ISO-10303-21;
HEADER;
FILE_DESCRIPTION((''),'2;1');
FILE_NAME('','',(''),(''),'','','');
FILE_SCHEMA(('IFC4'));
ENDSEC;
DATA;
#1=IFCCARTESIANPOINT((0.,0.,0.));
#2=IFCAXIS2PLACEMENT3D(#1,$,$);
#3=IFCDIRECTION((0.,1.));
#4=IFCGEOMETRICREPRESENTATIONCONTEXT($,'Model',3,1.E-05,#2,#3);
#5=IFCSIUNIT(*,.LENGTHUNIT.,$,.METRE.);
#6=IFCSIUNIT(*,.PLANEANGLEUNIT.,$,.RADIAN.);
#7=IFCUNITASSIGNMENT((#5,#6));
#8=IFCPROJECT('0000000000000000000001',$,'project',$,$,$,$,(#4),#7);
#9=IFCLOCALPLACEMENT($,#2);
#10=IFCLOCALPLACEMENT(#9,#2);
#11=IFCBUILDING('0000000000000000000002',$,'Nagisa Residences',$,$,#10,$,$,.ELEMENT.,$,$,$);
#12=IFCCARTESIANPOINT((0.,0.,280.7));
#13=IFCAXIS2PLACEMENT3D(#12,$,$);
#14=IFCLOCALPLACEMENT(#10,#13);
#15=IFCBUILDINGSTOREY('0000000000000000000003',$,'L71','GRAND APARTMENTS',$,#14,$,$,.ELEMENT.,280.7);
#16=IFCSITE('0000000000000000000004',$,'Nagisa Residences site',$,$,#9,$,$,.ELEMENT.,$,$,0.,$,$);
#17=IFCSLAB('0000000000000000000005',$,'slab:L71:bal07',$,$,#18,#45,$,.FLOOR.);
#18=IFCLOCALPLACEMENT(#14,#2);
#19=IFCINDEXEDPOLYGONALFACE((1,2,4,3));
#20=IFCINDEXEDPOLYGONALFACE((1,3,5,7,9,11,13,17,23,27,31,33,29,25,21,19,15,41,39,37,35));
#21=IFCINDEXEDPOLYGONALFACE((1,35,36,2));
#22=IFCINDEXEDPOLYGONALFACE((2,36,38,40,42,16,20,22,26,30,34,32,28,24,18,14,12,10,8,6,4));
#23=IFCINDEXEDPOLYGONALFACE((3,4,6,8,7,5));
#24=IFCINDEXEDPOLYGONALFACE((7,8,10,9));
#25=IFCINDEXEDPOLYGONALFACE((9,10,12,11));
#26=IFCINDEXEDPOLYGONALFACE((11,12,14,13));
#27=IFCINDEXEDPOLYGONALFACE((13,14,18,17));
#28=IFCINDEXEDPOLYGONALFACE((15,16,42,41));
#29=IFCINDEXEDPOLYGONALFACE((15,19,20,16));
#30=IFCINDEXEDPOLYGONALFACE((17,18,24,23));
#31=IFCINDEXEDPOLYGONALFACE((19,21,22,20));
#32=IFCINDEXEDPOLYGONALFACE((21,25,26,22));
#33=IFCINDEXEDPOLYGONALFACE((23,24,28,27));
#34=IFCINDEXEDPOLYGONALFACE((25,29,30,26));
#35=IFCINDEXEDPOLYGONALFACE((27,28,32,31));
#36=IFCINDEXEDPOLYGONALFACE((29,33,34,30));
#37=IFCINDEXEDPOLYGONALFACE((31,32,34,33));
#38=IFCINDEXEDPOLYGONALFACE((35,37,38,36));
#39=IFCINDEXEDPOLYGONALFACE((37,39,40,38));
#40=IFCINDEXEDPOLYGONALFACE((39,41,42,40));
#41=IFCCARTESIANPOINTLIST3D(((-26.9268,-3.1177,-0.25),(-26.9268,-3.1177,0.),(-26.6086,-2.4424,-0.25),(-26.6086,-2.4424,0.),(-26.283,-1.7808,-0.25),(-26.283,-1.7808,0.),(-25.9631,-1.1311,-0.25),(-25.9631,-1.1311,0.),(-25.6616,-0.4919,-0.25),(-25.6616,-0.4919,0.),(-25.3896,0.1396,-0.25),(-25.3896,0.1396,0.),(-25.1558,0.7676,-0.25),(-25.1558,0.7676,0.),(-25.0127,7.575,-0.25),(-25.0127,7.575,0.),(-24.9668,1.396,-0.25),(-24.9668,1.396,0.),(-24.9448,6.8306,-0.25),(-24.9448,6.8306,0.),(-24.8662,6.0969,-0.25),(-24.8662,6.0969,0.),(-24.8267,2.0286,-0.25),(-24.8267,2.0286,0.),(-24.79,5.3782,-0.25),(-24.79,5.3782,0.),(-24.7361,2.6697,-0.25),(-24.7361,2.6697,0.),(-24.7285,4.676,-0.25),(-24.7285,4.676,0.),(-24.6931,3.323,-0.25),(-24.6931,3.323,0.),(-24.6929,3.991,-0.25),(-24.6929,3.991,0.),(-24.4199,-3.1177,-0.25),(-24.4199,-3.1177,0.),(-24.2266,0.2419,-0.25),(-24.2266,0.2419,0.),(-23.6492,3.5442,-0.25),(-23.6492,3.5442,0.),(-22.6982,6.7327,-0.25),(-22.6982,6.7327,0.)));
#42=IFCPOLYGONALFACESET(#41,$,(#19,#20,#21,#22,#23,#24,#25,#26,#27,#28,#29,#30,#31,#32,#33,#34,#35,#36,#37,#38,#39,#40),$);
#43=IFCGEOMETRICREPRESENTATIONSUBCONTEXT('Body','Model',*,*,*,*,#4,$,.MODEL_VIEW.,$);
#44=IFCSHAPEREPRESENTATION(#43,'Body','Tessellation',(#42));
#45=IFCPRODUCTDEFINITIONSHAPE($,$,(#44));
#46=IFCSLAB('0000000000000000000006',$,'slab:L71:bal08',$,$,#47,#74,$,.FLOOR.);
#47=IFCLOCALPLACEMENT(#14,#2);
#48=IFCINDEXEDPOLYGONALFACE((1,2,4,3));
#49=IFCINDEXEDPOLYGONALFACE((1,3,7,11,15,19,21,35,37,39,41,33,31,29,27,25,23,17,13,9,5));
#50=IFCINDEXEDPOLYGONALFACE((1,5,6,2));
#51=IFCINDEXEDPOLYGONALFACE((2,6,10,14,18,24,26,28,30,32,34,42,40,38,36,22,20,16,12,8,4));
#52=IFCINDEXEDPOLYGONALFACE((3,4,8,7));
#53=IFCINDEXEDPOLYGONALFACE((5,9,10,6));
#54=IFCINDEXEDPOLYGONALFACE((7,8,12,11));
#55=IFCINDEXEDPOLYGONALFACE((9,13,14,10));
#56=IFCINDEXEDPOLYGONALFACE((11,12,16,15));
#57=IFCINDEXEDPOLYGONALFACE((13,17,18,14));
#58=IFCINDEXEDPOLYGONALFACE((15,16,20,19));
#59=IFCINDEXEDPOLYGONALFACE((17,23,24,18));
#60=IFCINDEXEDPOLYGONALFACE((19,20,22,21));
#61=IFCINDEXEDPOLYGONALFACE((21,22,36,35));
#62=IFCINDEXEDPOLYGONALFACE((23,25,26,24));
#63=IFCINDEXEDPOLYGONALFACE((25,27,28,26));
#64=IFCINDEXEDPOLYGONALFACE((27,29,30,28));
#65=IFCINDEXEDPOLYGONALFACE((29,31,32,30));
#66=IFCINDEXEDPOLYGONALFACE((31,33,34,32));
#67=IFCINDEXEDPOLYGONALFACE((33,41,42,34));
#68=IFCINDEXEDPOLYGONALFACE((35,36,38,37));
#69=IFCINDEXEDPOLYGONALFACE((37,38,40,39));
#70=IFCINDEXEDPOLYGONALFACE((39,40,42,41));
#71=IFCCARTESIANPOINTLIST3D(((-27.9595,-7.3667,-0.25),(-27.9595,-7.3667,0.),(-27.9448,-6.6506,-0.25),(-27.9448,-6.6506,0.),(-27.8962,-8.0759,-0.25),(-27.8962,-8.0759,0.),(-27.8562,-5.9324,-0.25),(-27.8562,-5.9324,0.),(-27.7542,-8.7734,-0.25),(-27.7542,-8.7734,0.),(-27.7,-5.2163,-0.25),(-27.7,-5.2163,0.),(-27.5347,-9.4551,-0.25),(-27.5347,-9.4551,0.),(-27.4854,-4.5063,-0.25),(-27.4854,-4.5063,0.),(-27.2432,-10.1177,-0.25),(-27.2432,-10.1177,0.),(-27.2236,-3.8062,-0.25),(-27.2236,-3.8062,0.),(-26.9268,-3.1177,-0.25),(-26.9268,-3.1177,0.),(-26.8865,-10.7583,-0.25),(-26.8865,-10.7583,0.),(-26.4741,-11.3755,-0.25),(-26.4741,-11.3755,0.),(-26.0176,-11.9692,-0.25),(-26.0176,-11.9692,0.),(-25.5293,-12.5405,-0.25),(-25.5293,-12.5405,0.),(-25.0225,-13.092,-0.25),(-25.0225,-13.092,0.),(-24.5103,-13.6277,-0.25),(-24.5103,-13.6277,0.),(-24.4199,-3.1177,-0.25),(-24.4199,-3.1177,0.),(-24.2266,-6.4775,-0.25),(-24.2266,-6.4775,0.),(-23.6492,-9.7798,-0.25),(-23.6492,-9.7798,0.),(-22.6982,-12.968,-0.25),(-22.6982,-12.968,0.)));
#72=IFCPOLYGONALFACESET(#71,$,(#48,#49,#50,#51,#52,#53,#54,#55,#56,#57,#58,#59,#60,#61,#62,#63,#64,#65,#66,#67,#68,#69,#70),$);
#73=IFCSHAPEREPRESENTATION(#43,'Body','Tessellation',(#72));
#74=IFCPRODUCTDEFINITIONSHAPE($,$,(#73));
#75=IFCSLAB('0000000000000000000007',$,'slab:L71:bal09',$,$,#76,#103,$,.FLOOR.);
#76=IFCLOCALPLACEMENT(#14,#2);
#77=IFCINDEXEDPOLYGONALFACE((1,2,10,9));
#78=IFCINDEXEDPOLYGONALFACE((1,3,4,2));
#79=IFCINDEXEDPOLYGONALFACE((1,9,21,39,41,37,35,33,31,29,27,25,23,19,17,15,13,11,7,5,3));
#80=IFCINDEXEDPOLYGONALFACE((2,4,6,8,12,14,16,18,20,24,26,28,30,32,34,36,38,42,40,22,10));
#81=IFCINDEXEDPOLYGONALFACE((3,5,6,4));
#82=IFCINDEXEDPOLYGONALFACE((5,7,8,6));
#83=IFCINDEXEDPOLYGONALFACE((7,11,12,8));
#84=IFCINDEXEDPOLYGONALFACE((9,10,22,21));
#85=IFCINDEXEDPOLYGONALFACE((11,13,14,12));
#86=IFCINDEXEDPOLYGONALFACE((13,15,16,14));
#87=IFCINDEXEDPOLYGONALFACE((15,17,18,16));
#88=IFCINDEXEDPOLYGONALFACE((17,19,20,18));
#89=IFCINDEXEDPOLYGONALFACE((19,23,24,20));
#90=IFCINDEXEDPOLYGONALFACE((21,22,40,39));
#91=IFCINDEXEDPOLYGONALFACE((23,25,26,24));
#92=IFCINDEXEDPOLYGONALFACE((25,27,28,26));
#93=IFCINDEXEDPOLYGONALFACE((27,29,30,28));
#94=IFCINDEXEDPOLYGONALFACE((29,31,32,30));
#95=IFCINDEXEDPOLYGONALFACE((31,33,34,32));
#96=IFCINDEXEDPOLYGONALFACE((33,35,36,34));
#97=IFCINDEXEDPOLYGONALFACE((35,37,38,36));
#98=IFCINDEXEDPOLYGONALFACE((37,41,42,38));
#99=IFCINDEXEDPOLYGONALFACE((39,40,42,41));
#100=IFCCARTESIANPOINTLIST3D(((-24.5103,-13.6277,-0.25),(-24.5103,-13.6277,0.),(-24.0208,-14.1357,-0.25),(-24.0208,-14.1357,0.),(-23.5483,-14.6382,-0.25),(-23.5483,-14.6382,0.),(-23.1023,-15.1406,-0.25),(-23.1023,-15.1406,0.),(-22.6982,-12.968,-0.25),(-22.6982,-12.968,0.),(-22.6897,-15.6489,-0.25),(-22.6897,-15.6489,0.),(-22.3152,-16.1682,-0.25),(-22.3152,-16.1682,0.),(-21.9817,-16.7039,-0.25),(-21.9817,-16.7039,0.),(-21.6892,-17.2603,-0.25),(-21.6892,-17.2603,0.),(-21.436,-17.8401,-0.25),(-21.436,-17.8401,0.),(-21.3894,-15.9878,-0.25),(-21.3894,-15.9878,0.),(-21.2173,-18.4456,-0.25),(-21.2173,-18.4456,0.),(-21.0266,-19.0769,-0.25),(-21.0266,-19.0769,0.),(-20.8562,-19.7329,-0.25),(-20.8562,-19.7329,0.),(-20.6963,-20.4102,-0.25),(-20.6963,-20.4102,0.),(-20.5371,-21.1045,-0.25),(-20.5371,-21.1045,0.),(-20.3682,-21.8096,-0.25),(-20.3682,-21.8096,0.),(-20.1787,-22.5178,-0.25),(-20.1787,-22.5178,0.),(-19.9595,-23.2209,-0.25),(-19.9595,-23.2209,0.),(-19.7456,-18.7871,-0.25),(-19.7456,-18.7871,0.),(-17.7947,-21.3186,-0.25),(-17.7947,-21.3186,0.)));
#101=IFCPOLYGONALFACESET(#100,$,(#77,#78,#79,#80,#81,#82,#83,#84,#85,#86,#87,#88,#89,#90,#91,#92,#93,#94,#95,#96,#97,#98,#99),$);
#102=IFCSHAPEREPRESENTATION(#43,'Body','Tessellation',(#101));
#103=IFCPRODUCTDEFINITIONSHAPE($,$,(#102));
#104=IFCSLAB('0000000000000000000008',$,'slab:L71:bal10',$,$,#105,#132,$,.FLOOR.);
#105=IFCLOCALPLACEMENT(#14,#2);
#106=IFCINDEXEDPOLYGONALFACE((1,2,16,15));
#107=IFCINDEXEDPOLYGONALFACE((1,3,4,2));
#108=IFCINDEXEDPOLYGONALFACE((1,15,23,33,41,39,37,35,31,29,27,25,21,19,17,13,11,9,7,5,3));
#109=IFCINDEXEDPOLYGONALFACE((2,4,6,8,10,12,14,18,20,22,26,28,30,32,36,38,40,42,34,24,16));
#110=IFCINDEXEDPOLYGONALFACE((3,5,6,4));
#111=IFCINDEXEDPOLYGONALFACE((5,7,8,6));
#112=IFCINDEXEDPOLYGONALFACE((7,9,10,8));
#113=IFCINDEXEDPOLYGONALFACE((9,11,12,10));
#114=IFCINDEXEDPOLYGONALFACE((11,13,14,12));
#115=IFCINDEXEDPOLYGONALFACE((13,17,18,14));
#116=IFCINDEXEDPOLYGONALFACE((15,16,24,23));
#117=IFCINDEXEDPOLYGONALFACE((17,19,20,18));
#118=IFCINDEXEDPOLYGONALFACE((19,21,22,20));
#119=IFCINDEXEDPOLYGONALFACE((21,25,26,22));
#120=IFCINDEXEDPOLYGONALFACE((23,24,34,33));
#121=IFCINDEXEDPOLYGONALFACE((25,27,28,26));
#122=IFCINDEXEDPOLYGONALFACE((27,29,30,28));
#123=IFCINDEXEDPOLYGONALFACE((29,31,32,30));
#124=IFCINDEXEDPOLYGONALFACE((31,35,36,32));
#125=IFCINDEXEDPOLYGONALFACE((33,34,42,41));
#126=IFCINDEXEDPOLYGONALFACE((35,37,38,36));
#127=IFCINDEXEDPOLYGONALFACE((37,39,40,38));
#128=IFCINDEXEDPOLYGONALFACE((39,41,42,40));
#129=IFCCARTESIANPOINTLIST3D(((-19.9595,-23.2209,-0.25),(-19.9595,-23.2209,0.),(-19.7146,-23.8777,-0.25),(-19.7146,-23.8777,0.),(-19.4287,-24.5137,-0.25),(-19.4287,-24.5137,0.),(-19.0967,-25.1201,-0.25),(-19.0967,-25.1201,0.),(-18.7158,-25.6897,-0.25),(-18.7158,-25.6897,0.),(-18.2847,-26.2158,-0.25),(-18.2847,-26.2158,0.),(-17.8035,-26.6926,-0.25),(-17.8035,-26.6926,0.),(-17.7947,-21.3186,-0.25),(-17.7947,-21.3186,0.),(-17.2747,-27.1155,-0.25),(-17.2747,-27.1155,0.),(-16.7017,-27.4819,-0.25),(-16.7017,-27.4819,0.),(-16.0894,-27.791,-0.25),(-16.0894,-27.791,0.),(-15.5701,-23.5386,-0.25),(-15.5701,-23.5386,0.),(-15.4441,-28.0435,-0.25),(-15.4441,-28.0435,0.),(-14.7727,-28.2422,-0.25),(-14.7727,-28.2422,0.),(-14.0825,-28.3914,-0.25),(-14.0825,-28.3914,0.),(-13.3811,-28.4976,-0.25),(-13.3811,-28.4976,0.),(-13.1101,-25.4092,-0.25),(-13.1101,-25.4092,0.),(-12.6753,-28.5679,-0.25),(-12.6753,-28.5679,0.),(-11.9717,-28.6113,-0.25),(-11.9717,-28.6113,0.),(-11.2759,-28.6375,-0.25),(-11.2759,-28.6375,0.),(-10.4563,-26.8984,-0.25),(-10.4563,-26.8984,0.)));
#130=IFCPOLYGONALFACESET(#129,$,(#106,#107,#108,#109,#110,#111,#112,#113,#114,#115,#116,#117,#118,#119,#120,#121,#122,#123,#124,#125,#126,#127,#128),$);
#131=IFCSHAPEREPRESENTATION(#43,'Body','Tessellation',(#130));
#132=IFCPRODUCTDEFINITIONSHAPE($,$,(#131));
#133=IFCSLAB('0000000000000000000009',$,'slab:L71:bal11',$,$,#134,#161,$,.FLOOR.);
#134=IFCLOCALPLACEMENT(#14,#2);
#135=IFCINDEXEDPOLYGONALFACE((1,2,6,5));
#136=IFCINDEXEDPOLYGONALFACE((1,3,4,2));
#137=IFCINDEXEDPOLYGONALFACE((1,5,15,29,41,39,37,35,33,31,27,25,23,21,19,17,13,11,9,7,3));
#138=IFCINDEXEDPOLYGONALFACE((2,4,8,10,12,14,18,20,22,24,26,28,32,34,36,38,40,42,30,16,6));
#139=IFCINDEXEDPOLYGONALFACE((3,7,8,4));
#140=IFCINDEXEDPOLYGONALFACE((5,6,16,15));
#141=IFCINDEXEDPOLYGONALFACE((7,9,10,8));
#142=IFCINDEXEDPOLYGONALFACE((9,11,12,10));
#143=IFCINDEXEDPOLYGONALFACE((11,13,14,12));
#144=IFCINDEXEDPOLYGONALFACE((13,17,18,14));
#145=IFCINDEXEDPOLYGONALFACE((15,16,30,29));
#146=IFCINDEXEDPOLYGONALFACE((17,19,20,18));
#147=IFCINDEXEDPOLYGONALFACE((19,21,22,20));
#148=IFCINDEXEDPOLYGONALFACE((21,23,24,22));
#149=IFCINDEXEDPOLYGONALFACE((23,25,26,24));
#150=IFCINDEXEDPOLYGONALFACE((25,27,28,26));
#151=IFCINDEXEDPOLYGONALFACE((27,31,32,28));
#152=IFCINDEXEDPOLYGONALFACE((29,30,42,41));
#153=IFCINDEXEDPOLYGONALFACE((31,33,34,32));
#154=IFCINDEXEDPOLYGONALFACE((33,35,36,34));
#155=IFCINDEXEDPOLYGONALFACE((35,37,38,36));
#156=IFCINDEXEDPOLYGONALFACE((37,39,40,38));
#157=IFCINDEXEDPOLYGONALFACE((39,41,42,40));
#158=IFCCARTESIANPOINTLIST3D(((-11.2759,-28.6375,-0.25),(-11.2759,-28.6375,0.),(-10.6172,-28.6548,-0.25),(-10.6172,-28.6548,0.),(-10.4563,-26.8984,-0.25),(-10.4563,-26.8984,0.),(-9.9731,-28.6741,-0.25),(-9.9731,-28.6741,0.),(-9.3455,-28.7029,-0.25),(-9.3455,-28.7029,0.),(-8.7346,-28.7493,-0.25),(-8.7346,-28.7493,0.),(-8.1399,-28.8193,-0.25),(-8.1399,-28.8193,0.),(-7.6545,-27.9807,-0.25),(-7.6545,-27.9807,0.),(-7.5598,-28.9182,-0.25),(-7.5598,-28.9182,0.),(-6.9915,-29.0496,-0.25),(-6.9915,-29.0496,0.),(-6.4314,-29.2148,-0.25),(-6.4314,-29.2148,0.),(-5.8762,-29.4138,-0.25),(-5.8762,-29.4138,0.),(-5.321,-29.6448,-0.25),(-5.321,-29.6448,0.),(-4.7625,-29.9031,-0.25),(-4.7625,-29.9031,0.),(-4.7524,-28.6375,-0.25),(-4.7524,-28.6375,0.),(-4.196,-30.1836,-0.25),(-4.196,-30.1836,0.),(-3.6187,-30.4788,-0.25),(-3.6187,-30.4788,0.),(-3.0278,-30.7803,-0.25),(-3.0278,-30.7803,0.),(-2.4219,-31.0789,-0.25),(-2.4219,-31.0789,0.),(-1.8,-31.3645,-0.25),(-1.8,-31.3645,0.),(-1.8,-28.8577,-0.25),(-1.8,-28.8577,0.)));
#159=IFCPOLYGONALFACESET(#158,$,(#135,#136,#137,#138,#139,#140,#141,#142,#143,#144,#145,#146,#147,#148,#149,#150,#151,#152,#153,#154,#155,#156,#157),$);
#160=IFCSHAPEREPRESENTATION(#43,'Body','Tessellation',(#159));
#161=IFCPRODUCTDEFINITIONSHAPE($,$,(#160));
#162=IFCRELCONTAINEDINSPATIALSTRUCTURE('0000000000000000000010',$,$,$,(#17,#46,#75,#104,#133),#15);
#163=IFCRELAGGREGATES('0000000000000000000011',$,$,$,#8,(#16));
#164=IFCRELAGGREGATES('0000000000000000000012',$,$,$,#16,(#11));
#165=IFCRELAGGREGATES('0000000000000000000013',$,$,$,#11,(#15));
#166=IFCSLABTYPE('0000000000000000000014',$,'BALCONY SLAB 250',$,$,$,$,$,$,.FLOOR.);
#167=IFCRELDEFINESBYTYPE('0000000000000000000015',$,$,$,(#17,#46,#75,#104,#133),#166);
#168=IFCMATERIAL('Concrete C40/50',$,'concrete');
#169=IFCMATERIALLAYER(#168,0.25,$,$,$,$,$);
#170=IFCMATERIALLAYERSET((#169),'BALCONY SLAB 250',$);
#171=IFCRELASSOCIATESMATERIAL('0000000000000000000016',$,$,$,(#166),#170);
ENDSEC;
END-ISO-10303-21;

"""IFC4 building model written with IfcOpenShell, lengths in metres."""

from ifc_helpers import new_model, si_unit, direction, frame, origin, place, context, subcontext, project, spatial, polyline, outline, extrude, material, layer, layer_set, type_object, element, save


model = new_model("IFC4")

# Units and contexts
model_context = context("Model", 3, precision=1e-05, world=origin(), true_north=direction((0.0, 1.0)))
body_context = subcontext(model_context, "Body", "Model", "MODEL_VIEW")
ifc_project = project(units=[si_unit("LENGTHUNIT", "METRE"), si_unit("PLANEANGLEUNIT", "RADIAN")], contexts=[model_context])

# Site, building, storey
site_placement = place(None, origin())
site = spatial("IfcSite", under=ifc_project, at=site_placement, Name="Nagisa Residences site", CompositionType="ELEMENT", RefElevation=0.0)
building_placement = place(site_placement, origin())
building = spatial("IfcBuilding", under=site, at=building_placement, Name="Nagisa Residences", CompositionType="ELEMENT")
storey_placement = place(building_placement, frame((0.0, 0.0, 280.7)))
storey = spatial("IfcBuildingStorey", under=building, at=storey_placement, Name="L71", Description="GRAND APARTMENTS", CompositionType="ELEMENT", Elevation=280.7)

# Slabs
ifc_material_1 = material(Name="Concrete C40/50", Category="concrete")
ifc_layer = layer(ifc_material_1, 0.25)
ifc_layer_set = layer_set([ifc_layer], Name="BALCONY SLAB 250")
slab_type = type_object("IfcSlabType", Name="BALCONY SLAB 250", PredefinedType="FLOOR", material=ifc_layer_set)
slab_1_placement = place(storey_placement, frame((0.0, 0.0, -0.25)))
element("IfcSlab", 1, at=slab_1_placement, inside=storey, type_object=slab_type, Name="slab:L71:bal07", PredefinedType="FLOOR", context=body_context, shape_type="SweptSolid", body=[
    extrude(outline(polyline([(-25.0127, 7.575), (-24.9448, 6.8306), (-24.8662, 6.0969), (-24.79, 5.3782), (-24.7285, 4.676), (-24.6929, 3.991), (-24.6931, 3.323), (-24.7361, 2.6697), (-24.8267, 2.0286), (-24.9668, 1.396), (-25.1558, 0.7676), (-25.3896, 0.1396), (-25.6616, -0.4919), (-25.9631, -1.1311), (-26.283, -1.7808), (-26.6086, -2.4424), (-26.9268, -3.1177), (-24.4199, -3.1177), (-24.2266, 0.2419), (-23.6492, 3.5442), (-22.6982, 6.7327), (-25.0127, 7.575)])), origin(), (0.0, 0.0, 1.0), 0.25),
])
slab_2_placement = place(storey_placement, frame((0.0, 0.0, -0.25)))
element("IfcSlab", 2, at=slab_2_placement, inside=storey, type_object=slab_type, Name="slab:L71:bal08", PredefinedType="FLOOR", context=body_context, shape_type="SweptSolid", body=[
    extrude(outline(polyline([(-26.9268, -3.1177), (-27.2236, -3.8062), (-27.4854, -4.5063), (-27.7, -5.2163), (-27.8562, -5.9324), (-27.9448, -6.6506), (-27.9595, -7.3667), (-27.8962, -8.0759), (-27.7542, -8.7734), (-27.5347, -9.4551), (-27.2432, -10.1177), (-26.8865, -10.7583), (-26.4741, -11.3755), (-26.0176, -11.9692), (-25.5293, -12.5405), (-25.0225, -13.092), (-24.5103, -13.6277), (-22.6982, -12.968), (-23.6492, -9.7798), (-24.2266, -6.4775), (-24.4199, -3.1177), (-26.9268, -3.1177)])), origin(), (0.0, 0.0, 1.0), 0.25),
])
slab_3_placement = place(storey_placement, frame((0.0, 0.0, -0.25)))
element("IfcSlab", 3, at=slab_3_placement, inside=storey, type_object=slab_type, Name="slab:L71:bal09", PredefinedType="FLOOR", context=body_context, shape_type="SweptSolid", body=[
    extrude(outline(polyline([(-24.5103, -13.6277), (-24.0208, -14.1357), (-23.5483, -14.6382), (-23.1023, -15.1406), (-22.6897, -15.6489), (-22.3152, -16.1682), (-21.9817, -16.7039), (-21.6892, -17.2603), (-21.436, -17.8401), (-21.2173, -18.4456), (-21.0266, -19.0769), (-20.8562, -19.7329), (-20.6963, -20.4102), (-20.5371, -21.1045), (-20.3682, -21.8096), (-20.1787, -22.5178), (-19.9595, -23.2209), (-17.7947, -21.3186), (-19.7456, -18.7871), (-21.3894, -15.9878), (-22.6982, -12.968), (-24.5103, -13.6277)])), origin(), (0.0, 0.0, 1.0), 0.25),
])
slab_4_placement = place(storey_placement, frame((0.0, 0.0, -0.25)))
element("IfcSlab", 4, at=slab_4_placement, inside=storey, type_object=slab_type, Name="slab:L71:bal10", PredefinedType="FLOOR", context=body_context, shape_type="SweptSolid", body=[
    extrude(outline(polyline([(-19.9595, -23.2209), (-19.7146, -23.8777), (-19.4287, -24.5137), (-19.0967, -25.1201), (-18.7158, -25.6897), (-18.2847, -26.2158), (-17.8035, -26.6926), (-17.2747, -27.1155), (-16.7017, -27.4819), (-16.0894, -27.791), (-15.4441, -28.0435), (-14.7727, -28.2422), (-14.0825, -28.3914), (-13.3811, -28.4976), (-12.6753, -28.5679), (-11.9717, -28.6113), (-11.2759, -28.6375), (-10.4563, -26.8984), (-13.1101, -25.4092), (-15.5701, -23.5386), (-17.7947, -21.3186), (-19.9595, -23.2209)])), origin(), (0.0, 0.0, 1.0), 0.25),
])
slab_5_placement = place(storey_placement, frame((0.0, 0.0, -0.25)))
element("IfcSlab", 5, at=slab_5_placement, inside=storey, type_object=slab_type, Name="slab:L71:bal11", PredefinedType="FLOOR", context=body_context, shape_type="SweptSolid", body=[
    extrude(outline(polyline([(-11.2759, -28.6375), (-10.6172, -28.6548), (-9.9731, -28.6741), (-9.3455, -28.7029), (-8.7346, -28.7493), (-8.1399, -28.8193), (-7.5598, -28.9182), (-6.9915, -29.0496), (-6.4314, -29.2148), (-5.8762, -29.4138), (-5.321, -29.6448), (-4.7625, -29.9031), (-4.196, -30.1836), (-3.6187, -30.4788), (-3.0278, -30.7803), (-2.4219, -31.0789), (-1.8, -31.3645), (-1.8, -28.8577), (-4.7524, -28.6375), (-7.6545, -27.9807), (-10.4563, -26.8984), (-11.2759, -28.6375)])), origin(), (0.0, 0.0, 1.0), 0.25),
])

save(model, "model.ifc")
